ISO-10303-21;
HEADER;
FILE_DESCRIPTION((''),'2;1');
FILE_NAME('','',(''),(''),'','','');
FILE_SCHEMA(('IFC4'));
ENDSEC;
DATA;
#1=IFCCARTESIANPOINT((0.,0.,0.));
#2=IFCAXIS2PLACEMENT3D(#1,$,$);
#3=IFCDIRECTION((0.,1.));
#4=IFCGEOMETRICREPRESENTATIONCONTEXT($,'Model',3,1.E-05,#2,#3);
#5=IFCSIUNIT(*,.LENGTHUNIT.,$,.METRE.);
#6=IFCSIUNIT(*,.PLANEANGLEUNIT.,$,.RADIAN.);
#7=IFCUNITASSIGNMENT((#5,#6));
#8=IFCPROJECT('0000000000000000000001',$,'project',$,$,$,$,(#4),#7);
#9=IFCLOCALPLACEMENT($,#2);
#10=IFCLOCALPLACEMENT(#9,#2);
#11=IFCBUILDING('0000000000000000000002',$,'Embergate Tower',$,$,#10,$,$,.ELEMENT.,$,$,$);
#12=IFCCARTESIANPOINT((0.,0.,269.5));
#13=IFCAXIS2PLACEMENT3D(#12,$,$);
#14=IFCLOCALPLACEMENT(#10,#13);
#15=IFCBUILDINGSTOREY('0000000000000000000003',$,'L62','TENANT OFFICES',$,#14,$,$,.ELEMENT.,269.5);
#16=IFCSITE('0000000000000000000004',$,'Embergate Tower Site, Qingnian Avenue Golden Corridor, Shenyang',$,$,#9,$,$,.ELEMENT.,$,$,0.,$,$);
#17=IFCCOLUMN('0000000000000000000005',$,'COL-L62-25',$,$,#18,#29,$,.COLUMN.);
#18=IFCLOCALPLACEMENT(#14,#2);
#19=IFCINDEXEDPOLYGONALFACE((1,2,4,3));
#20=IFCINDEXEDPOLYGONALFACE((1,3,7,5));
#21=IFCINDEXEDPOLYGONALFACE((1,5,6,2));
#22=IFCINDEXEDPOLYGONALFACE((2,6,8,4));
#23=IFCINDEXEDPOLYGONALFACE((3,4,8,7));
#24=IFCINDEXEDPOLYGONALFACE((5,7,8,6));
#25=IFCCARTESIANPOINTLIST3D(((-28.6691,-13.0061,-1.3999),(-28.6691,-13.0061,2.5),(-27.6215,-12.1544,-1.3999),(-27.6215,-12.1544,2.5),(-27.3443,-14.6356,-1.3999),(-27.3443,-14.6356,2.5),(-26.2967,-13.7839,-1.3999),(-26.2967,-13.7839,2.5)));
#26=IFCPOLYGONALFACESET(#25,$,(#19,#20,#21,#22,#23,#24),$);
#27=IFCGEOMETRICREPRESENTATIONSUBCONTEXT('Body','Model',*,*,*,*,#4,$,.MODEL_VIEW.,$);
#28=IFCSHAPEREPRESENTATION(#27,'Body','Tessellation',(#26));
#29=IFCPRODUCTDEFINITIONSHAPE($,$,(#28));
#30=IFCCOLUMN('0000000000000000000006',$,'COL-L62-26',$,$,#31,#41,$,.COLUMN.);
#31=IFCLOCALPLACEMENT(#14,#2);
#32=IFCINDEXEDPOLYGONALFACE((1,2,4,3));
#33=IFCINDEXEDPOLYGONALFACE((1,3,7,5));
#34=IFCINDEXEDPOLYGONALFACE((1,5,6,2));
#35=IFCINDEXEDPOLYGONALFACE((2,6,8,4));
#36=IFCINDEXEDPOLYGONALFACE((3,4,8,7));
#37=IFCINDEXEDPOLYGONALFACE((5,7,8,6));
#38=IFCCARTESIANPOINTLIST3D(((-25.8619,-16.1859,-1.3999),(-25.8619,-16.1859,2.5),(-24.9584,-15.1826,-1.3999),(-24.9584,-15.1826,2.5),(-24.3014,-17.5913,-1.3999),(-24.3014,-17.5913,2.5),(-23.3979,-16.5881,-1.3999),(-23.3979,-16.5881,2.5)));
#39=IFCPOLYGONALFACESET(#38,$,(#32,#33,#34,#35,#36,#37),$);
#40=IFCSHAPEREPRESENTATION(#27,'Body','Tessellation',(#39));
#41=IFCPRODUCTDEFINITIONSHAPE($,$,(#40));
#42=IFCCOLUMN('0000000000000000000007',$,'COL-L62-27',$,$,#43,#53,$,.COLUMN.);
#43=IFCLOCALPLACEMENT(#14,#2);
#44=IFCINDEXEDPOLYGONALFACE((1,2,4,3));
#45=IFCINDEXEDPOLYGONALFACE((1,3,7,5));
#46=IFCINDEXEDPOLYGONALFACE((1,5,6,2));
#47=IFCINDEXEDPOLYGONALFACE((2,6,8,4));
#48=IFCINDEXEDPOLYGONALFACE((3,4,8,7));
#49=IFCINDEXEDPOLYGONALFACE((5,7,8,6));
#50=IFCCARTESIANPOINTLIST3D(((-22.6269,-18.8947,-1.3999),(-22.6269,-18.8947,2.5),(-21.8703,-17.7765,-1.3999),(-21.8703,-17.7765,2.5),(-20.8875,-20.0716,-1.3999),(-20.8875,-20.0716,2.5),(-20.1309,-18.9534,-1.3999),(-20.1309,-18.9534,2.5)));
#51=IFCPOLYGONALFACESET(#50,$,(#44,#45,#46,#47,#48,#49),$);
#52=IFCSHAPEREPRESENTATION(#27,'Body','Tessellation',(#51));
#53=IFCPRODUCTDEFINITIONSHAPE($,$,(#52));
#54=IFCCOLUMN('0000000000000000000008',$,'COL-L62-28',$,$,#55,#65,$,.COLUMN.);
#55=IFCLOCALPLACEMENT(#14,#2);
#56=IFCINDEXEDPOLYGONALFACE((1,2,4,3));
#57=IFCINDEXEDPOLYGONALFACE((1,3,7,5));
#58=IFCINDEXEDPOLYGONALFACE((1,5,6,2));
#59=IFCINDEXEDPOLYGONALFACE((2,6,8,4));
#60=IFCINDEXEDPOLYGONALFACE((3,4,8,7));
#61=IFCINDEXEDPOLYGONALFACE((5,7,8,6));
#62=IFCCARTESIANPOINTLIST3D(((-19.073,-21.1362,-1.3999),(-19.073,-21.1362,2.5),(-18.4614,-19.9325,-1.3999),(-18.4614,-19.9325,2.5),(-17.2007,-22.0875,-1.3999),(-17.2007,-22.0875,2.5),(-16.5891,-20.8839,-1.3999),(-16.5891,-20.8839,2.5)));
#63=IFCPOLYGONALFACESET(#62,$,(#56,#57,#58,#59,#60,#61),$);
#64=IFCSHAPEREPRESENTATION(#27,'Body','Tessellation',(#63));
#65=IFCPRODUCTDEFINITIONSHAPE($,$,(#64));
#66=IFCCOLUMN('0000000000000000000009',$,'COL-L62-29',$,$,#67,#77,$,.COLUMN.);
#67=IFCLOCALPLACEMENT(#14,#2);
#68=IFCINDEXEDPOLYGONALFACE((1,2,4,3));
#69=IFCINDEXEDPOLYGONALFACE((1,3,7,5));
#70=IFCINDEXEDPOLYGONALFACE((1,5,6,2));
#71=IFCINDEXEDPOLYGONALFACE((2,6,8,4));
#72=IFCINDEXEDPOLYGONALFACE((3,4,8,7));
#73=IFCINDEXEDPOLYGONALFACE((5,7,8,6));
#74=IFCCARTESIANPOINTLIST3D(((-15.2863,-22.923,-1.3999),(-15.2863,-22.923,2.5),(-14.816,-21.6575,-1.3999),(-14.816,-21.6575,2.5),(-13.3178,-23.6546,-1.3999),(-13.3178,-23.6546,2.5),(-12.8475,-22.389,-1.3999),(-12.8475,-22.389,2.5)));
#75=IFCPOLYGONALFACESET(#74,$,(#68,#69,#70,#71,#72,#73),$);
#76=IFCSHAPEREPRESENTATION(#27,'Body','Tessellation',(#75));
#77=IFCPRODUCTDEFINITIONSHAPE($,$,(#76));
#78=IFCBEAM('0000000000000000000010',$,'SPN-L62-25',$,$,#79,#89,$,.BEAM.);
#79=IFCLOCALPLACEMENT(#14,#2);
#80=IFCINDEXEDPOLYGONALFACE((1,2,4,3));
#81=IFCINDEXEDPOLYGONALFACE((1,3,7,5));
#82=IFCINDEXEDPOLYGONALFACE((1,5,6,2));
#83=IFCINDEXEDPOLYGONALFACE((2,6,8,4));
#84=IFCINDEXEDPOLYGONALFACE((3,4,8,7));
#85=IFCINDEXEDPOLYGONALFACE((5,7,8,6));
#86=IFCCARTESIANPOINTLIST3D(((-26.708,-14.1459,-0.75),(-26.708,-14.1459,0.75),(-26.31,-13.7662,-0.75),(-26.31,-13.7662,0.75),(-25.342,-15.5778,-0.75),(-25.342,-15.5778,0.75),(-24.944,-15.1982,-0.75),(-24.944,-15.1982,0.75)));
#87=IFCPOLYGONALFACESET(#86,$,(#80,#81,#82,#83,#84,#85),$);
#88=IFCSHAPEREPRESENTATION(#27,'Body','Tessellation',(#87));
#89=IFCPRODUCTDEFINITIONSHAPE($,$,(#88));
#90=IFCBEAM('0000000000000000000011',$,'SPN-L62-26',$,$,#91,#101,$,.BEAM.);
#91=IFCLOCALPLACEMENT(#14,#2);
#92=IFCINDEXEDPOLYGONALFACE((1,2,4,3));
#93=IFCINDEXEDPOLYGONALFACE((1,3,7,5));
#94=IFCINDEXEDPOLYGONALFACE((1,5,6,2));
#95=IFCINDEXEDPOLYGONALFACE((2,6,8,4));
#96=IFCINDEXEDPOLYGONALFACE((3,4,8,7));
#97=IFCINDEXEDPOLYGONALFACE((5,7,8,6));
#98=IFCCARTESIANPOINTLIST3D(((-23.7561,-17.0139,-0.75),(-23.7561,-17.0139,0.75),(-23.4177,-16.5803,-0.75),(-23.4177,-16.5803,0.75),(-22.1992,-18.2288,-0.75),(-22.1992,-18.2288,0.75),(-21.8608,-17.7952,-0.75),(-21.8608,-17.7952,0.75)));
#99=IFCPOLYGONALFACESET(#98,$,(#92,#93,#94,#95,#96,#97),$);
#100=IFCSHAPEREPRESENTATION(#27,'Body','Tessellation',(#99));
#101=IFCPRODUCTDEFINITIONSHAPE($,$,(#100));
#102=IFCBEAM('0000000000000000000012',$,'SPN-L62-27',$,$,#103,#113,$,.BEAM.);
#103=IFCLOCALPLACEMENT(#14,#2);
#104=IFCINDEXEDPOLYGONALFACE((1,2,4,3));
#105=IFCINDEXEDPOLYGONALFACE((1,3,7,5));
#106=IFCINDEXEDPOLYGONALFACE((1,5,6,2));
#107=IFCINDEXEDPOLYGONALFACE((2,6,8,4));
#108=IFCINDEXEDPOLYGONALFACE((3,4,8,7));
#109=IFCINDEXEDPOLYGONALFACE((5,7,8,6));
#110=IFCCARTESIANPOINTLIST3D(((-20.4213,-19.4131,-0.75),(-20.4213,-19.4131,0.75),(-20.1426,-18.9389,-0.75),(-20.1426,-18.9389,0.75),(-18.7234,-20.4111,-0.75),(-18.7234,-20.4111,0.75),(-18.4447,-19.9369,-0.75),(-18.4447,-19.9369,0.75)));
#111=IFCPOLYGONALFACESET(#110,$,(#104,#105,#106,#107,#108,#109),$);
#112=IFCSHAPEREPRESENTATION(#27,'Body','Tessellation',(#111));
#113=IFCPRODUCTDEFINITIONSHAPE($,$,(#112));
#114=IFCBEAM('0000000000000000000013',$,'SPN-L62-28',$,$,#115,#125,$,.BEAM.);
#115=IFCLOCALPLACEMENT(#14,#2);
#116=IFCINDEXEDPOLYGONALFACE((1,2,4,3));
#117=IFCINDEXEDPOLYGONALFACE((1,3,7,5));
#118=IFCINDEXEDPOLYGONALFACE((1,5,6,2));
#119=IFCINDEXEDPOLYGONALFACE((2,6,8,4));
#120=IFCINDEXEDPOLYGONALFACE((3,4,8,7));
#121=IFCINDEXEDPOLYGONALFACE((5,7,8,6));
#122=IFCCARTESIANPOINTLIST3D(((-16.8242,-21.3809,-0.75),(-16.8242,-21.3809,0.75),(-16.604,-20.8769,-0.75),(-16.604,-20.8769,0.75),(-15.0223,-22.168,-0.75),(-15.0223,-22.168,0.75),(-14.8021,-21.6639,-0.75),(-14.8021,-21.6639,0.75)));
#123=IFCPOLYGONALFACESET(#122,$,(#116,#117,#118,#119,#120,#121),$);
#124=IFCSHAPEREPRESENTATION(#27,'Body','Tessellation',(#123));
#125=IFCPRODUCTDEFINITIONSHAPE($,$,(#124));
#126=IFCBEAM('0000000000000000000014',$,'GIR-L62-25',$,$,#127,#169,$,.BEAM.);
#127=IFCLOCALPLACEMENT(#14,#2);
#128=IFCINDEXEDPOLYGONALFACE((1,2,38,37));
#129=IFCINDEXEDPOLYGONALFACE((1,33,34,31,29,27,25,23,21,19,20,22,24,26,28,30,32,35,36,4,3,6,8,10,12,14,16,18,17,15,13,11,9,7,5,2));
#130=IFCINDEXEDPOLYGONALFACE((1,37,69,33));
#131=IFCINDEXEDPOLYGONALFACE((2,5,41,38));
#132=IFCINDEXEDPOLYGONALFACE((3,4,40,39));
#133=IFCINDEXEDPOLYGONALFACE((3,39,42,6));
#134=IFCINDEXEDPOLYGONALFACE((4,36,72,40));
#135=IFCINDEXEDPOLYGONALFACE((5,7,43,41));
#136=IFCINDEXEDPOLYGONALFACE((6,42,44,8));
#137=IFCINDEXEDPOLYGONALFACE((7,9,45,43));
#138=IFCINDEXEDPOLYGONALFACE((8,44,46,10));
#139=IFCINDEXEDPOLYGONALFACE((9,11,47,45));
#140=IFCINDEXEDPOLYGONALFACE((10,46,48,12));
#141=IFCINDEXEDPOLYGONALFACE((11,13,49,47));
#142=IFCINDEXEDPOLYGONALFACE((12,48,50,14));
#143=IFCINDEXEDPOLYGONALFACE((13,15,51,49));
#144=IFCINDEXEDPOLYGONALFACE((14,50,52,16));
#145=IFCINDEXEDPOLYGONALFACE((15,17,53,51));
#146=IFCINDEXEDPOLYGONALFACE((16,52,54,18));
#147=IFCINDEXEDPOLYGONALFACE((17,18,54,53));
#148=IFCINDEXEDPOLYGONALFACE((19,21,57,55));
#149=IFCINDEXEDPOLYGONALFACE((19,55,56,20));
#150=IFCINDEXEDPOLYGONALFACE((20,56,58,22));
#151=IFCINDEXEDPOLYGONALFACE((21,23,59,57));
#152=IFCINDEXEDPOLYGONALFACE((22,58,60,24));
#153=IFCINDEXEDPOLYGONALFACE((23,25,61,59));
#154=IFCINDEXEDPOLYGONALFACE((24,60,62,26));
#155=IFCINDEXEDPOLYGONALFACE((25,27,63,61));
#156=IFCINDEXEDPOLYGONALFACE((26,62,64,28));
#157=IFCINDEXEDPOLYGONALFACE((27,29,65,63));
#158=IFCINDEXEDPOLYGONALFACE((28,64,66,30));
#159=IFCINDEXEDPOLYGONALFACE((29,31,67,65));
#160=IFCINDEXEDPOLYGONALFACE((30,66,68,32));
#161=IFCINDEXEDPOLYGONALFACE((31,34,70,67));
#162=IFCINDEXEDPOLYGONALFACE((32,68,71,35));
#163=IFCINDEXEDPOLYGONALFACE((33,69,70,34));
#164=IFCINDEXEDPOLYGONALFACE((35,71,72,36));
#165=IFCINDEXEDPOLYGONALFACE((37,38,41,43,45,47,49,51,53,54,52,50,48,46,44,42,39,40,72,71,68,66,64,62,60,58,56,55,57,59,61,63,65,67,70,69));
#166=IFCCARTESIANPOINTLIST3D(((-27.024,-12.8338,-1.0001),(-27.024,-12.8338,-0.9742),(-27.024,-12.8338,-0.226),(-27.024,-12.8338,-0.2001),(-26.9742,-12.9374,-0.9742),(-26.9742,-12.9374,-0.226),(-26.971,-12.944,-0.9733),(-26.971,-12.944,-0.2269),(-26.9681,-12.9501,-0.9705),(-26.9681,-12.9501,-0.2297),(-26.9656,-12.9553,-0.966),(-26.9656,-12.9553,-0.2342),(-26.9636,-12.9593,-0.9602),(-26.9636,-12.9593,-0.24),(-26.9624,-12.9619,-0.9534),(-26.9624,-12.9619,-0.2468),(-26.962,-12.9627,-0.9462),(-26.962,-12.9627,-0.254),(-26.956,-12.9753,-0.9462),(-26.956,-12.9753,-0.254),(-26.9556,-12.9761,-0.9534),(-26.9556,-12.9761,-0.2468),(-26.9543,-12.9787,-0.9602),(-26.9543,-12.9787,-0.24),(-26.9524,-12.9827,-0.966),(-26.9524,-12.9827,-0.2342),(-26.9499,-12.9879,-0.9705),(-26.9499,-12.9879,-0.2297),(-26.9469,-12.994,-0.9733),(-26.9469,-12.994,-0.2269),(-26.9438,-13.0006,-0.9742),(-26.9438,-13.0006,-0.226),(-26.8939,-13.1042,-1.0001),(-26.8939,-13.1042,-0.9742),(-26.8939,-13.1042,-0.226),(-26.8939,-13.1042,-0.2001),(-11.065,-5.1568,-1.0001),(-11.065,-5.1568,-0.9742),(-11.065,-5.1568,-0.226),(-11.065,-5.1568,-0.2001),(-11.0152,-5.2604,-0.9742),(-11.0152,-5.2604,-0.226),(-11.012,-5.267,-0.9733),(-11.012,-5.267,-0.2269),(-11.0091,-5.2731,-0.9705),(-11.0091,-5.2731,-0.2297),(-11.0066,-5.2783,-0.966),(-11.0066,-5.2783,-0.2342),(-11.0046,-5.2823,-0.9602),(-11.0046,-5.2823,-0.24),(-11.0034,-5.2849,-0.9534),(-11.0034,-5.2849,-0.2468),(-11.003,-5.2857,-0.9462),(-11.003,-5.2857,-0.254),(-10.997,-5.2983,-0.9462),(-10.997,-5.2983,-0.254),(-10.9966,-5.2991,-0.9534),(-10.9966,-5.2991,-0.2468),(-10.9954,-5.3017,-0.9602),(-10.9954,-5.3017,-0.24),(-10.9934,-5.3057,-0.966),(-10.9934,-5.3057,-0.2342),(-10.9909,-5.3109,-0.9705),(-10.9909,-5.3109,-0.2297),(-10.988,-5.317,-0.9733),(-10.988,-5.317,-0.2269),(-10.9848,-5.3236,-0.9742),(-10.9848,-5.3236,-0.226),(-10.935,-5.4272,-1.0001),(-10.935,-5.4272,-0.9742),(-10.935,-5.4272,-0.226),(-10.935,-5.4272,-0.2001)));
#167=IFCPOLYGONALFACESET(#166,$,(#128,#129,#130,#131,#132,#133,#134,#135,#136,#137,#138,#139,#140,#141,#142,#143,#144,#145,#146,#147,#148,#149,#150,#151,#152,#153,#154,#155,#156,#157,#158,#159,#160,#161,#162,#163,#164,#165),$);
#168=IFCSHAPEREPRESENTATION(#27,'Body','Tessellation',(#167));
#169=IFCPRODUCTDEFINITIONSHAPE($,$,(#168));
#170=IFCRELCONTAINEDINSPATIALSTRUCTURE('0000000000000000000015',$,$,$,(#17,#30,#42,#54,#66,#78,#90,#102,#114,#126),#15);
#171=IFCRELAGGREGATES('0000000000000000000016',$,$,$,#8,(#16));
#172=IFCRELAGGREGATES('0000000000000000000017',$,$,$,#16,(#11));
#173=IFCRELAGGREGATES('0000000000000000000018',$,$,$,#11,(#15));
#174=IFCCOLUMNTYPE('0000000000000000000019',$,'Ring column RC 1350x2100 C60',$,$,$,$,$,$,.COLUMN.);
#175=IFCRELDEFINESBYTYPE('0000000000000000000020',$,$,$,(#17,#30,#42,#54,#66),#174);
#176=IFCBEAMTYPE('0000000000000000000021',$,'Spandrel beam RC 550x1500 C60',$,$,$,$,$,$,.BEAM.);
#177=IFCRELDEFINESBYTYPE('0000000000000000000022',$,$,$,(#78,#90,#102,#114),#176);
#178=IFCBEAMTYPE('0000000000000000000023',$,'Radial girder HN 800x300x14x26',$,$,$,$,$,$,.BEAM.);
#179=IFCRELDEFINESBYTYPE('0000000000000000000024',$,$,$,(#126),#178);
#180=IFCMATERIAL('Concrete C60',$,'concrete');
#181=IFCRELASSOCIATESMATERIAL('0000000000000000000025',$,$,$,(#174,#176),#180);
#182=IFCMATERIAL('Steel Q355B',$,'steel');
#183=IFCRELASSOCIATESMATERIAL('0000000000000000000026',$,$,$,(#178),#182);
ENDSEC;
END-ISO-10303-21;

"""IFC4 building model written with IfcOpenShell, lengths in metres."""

from ifc_helpers import new_model, si_unit, direction, frame, origin, origin_2d, place, context, subcontext, project, spatial, rectangle, i_section, extrude, source, transform, mapped, material, material_profile, profile_set, type_object, element, save


model = new_model("IFC4")

# Units and contexts
model_context = context("Model", 3, precision=1e-05, world=origin(), true_north=direction((0.0, 1.0)))
body_context = subcontext(model_context, "Body", "Model", "MODEL_VIEW")
ifc_project = project(units=[si_unit("LENGTHUNIT", "METRE"), si_unit("PLANEANGLEUNIT", "RADIAN")], contexts=[model_context])

# Site, building, storey
site_placement = place(None, origin())
site = spatial("IfcSite", under=ifc_project, at=site_placement, Name="Embergate Tower Site, Qingnian Avenue Golden Corridor, Shenyang", CompositionType="ELEMENT", RefElevation=0.0)
building_placement = place(site_placement, origin())
building = spatial("IfcBuilding", under=site, at=building_placement, Name="Embergate Tower", CompositionType="ELEMENT")
storey_placement = place(building_placement, frame((0.0, 0.0, 269.5)))
storey = spatial("IfcBuildingStorey", under=building, at=storey_placement, Name="L62", Description="TENANT OFFICES", CompositionType="ELEMENT", Elevation=269.5)

# Columns
ifc_material_1 = material(Name="Concrete C60", Category="concrete")
ifc_material_profile_1 = material_profile(ifc_material_1, rectangle(XDim=1.3501, YDim=2.1001, at=origin_2d()), Name="RC 1350x2100")
ifc_profile_set_1 = profile_set([ifc_material_profile_1], Name="Concrete C60")
column_type = type_object("IfcColumnType", Name="Ring column RC 1350x2100 C60", PredefinedType="COLUMN", material=ifc_profile_set_1)
shared_shape_1 = source(origin(), body_context, "Body", "SweptSolid", [
    extrude(rectangle(XDim=1.3501, YDim=2.1001, at=origin_2d()), origin(), (0.0, 0.0, 1.0), 3.8999),
])
for number, where, z_axis, x_axis, name in (
    (1, (-27.4829, -13.395, -1.3999), (0.0, 0.0, 1.0), (-0.775914, -0.630838, 0.0), "COL-L62-25"),
    (2, (-24.6299, -16.387, -1.3999), (0.0, 0.0, 1.0), (-0.669208, -0.743075, 0.0), "COL-L62-26"),
    (3, (-21.3789, -18.9241, -1.3999), (0.0, 0.0, 1.0), (-0.560393, -0.828227, 0.0), "COL-L62-27"),
    (4, (-17.8311, -21.01, -1.3999), (0.0, 0.0, 1.0), (-0.452995, -0.891513, 0.0), "COL-L62-28"),
    (5, (-14.0669, -22.656, -1.3999), (0.0, 0.0, 1.0), (-0.348343, -0.937367, 0.0), "COL-L62-29"),
):
    element("IfcColumn", number, at=place(storey_placement, frame(where, z_axis=z_axis, x_axis=x_axis)), inside=storey, type_object=column_type, Name=name, PredefinedType="COLUMN", context=body_context, shape_type="MappedRepresentation", body=[
        mapped(shared_shape_1, transform((0.0, 0.0, 0.0))),
    ])

# Beams
ifc_material_profile_2 = material_profile(ifc_material_1, rectangle(XDim=0.55, YDim=1.5, at=origin_2d()), Name="RC 550x1500")
ifc_profile_set_2 = profile_set([ifc_material_profile_2], Name="Concrete C60")
beam_type_1 = type_object("IfcBeamType", Name="Spandrel beam RC 550x1500 C60", PredefinedType="BEAM", material=ifc_profile_set_2)
shared_shape_2 = source(origin(), body_context, "Body", "SweptSolid", [
    extrude(rectangle(XDim=0.55, YDim=1.5, at=origin_2d()), origin(), (0.0, 0.0, 1.0), 1.979),
])
beam_1_placement = place(storey_placement, frame((-26.509, -13.9561, 0.0), z_axis=(0.690256, -0.723566, 0.0), x_axis=(0.723566, 0.690256, 0.0)))
element("IfcBeam", 6, at=beam_1_placement, inside=storey, type_object=beam_type_1, Name="SPN-L62-25", PredefinedType="BEAM", context=body_context, shape_type="MappedRepresentation", body=[
    mapped(shared_shape_2, transform((0.0, 0.0, 0.0))),
])
shared_shape_3 = source(origin(), body_context, "Body", "SweptSolid", [
    extrude(rectangle(XDim=0.55, YDim=1.5, at=origin_2d()), origin(), (0.0, 0.0, 1.0), 1.9749),
])
beam_2_placement = place(storey_placement, frame((-23.5869, -16.7971, 0.0), z_axis=(0.788386, -0.615181, 0.0), x_axis=(0.615181, 0.788386, 0.0)))
element("IfcBeam", 7, at=beam_2_placement, inside=storey, type_object=beam_type_1, Name="SPN-L62-26", PredefinedType="BEAM", context=body_context, shape_type="MappedRepresentation", body=[
    mapped(shared_shape_3, transform((0.0, 0.0, 0.0))),
])
shared_shape_4 = source(origin(), body_context, "Body", "SweptSolid", [
    extrude(rectangle(XDim=0.55, YDim=1.5, at=origin_2d()), origin(), (0.0, 0.0, 1.0), 1.9695),
])
beam_3_placement = place(storey_placement, frame((-20.282, -19.176, 0.0), z_axis=(0.862106, -0.506728, 0.0), x_axis=(0.506728, 0.862106, 0.0)))
element("IfcBeam", 8, at=beam_3_placement, inside=storey, type_object=beam_type_1, Name="SPN-L62-27", PredefinedType="BEAM", context=body_context, shape_type="MappedRepresentation", body=[
    mapped(shared_shape_4, transform((0.0, 0.0, 0.0))),
])
shared_shape_5 = source(origin(), body_context, "Body", "SweptSolid", [
    extrude(rectangle(XDim=0.55, YDim=1.5, at=origin_2d()), origin(), (0.0, 0.0, 1.0), 1.9663),
])
beam_4_placement = place(storey_placement, frame((-16.7141, -21.1289, 0.0), z_axis=(0.916394, -0.400278, 0.0), x_axis=(0.400278, 0.916394, 0.0)))
element("IfcBeam", 9, at=beam_4_placement, inside=storey, type_object=beam_type_1, Name="SPN-L62-28", PredefinedType="BEAM", context=body_context, shape_type="MappedRepresentation", body=[
    mapped(shared_shape_5, transform((0.0, 0.0, 0.0))),
])
ifc_material_2 = material(Name="Steel Q355B", Category="steel")
ifc_material_profile_3 = material_profile(ifc_material_2, i_section(OverallWidth=0.3, OverallDepth=0.8, WebThickness=0.0139, FlangeThickness=0.0259, FilletRadius=0.0281, at=origin_2d()), Name="HN 800x300x14x26")
ifc_profile_set_3 = profile_set([ifc_material_profile_3], Name="Steel Q355 grade B")
beam_type_2 = type_object("IfcBeamType", Name="Radial girder HN 800x300x14x26", PredefinedType="BEAM", material=ifc_profile_set_3)
shared_shape_6 = source(origin(), body_context, "Body", "SweptSolid", [
    extrude(i_section(OverallWidth=0.3, OverallDepth=0.8, WebThickness=0.0139, FlangeThickness=0.0259, FilletRadius=0.0281, at=origin_2d()), origin(), (0.0, 0.0, 1.0), 17.7095),
])
beam_5_placement = place(storey_placement, frame((-26.959, -12.969, -0.6001), z_axis=(0.901155, 0.433497, 0.0), x_axis=(-0.433497, 0.901155, 0.0)))
element("IfcBeam", 10, at=beam_5_placement, inside=storey, type_object=beam_type_2, Name="GIR-L62-25", PredefinedType="BEAM", context=body_context, shape_type="MappedRepresentation", body=[
    mapped(shared_shape_6, transform((0.0, 0.0, 0.0))),
])

save(model, "model.ifc")
